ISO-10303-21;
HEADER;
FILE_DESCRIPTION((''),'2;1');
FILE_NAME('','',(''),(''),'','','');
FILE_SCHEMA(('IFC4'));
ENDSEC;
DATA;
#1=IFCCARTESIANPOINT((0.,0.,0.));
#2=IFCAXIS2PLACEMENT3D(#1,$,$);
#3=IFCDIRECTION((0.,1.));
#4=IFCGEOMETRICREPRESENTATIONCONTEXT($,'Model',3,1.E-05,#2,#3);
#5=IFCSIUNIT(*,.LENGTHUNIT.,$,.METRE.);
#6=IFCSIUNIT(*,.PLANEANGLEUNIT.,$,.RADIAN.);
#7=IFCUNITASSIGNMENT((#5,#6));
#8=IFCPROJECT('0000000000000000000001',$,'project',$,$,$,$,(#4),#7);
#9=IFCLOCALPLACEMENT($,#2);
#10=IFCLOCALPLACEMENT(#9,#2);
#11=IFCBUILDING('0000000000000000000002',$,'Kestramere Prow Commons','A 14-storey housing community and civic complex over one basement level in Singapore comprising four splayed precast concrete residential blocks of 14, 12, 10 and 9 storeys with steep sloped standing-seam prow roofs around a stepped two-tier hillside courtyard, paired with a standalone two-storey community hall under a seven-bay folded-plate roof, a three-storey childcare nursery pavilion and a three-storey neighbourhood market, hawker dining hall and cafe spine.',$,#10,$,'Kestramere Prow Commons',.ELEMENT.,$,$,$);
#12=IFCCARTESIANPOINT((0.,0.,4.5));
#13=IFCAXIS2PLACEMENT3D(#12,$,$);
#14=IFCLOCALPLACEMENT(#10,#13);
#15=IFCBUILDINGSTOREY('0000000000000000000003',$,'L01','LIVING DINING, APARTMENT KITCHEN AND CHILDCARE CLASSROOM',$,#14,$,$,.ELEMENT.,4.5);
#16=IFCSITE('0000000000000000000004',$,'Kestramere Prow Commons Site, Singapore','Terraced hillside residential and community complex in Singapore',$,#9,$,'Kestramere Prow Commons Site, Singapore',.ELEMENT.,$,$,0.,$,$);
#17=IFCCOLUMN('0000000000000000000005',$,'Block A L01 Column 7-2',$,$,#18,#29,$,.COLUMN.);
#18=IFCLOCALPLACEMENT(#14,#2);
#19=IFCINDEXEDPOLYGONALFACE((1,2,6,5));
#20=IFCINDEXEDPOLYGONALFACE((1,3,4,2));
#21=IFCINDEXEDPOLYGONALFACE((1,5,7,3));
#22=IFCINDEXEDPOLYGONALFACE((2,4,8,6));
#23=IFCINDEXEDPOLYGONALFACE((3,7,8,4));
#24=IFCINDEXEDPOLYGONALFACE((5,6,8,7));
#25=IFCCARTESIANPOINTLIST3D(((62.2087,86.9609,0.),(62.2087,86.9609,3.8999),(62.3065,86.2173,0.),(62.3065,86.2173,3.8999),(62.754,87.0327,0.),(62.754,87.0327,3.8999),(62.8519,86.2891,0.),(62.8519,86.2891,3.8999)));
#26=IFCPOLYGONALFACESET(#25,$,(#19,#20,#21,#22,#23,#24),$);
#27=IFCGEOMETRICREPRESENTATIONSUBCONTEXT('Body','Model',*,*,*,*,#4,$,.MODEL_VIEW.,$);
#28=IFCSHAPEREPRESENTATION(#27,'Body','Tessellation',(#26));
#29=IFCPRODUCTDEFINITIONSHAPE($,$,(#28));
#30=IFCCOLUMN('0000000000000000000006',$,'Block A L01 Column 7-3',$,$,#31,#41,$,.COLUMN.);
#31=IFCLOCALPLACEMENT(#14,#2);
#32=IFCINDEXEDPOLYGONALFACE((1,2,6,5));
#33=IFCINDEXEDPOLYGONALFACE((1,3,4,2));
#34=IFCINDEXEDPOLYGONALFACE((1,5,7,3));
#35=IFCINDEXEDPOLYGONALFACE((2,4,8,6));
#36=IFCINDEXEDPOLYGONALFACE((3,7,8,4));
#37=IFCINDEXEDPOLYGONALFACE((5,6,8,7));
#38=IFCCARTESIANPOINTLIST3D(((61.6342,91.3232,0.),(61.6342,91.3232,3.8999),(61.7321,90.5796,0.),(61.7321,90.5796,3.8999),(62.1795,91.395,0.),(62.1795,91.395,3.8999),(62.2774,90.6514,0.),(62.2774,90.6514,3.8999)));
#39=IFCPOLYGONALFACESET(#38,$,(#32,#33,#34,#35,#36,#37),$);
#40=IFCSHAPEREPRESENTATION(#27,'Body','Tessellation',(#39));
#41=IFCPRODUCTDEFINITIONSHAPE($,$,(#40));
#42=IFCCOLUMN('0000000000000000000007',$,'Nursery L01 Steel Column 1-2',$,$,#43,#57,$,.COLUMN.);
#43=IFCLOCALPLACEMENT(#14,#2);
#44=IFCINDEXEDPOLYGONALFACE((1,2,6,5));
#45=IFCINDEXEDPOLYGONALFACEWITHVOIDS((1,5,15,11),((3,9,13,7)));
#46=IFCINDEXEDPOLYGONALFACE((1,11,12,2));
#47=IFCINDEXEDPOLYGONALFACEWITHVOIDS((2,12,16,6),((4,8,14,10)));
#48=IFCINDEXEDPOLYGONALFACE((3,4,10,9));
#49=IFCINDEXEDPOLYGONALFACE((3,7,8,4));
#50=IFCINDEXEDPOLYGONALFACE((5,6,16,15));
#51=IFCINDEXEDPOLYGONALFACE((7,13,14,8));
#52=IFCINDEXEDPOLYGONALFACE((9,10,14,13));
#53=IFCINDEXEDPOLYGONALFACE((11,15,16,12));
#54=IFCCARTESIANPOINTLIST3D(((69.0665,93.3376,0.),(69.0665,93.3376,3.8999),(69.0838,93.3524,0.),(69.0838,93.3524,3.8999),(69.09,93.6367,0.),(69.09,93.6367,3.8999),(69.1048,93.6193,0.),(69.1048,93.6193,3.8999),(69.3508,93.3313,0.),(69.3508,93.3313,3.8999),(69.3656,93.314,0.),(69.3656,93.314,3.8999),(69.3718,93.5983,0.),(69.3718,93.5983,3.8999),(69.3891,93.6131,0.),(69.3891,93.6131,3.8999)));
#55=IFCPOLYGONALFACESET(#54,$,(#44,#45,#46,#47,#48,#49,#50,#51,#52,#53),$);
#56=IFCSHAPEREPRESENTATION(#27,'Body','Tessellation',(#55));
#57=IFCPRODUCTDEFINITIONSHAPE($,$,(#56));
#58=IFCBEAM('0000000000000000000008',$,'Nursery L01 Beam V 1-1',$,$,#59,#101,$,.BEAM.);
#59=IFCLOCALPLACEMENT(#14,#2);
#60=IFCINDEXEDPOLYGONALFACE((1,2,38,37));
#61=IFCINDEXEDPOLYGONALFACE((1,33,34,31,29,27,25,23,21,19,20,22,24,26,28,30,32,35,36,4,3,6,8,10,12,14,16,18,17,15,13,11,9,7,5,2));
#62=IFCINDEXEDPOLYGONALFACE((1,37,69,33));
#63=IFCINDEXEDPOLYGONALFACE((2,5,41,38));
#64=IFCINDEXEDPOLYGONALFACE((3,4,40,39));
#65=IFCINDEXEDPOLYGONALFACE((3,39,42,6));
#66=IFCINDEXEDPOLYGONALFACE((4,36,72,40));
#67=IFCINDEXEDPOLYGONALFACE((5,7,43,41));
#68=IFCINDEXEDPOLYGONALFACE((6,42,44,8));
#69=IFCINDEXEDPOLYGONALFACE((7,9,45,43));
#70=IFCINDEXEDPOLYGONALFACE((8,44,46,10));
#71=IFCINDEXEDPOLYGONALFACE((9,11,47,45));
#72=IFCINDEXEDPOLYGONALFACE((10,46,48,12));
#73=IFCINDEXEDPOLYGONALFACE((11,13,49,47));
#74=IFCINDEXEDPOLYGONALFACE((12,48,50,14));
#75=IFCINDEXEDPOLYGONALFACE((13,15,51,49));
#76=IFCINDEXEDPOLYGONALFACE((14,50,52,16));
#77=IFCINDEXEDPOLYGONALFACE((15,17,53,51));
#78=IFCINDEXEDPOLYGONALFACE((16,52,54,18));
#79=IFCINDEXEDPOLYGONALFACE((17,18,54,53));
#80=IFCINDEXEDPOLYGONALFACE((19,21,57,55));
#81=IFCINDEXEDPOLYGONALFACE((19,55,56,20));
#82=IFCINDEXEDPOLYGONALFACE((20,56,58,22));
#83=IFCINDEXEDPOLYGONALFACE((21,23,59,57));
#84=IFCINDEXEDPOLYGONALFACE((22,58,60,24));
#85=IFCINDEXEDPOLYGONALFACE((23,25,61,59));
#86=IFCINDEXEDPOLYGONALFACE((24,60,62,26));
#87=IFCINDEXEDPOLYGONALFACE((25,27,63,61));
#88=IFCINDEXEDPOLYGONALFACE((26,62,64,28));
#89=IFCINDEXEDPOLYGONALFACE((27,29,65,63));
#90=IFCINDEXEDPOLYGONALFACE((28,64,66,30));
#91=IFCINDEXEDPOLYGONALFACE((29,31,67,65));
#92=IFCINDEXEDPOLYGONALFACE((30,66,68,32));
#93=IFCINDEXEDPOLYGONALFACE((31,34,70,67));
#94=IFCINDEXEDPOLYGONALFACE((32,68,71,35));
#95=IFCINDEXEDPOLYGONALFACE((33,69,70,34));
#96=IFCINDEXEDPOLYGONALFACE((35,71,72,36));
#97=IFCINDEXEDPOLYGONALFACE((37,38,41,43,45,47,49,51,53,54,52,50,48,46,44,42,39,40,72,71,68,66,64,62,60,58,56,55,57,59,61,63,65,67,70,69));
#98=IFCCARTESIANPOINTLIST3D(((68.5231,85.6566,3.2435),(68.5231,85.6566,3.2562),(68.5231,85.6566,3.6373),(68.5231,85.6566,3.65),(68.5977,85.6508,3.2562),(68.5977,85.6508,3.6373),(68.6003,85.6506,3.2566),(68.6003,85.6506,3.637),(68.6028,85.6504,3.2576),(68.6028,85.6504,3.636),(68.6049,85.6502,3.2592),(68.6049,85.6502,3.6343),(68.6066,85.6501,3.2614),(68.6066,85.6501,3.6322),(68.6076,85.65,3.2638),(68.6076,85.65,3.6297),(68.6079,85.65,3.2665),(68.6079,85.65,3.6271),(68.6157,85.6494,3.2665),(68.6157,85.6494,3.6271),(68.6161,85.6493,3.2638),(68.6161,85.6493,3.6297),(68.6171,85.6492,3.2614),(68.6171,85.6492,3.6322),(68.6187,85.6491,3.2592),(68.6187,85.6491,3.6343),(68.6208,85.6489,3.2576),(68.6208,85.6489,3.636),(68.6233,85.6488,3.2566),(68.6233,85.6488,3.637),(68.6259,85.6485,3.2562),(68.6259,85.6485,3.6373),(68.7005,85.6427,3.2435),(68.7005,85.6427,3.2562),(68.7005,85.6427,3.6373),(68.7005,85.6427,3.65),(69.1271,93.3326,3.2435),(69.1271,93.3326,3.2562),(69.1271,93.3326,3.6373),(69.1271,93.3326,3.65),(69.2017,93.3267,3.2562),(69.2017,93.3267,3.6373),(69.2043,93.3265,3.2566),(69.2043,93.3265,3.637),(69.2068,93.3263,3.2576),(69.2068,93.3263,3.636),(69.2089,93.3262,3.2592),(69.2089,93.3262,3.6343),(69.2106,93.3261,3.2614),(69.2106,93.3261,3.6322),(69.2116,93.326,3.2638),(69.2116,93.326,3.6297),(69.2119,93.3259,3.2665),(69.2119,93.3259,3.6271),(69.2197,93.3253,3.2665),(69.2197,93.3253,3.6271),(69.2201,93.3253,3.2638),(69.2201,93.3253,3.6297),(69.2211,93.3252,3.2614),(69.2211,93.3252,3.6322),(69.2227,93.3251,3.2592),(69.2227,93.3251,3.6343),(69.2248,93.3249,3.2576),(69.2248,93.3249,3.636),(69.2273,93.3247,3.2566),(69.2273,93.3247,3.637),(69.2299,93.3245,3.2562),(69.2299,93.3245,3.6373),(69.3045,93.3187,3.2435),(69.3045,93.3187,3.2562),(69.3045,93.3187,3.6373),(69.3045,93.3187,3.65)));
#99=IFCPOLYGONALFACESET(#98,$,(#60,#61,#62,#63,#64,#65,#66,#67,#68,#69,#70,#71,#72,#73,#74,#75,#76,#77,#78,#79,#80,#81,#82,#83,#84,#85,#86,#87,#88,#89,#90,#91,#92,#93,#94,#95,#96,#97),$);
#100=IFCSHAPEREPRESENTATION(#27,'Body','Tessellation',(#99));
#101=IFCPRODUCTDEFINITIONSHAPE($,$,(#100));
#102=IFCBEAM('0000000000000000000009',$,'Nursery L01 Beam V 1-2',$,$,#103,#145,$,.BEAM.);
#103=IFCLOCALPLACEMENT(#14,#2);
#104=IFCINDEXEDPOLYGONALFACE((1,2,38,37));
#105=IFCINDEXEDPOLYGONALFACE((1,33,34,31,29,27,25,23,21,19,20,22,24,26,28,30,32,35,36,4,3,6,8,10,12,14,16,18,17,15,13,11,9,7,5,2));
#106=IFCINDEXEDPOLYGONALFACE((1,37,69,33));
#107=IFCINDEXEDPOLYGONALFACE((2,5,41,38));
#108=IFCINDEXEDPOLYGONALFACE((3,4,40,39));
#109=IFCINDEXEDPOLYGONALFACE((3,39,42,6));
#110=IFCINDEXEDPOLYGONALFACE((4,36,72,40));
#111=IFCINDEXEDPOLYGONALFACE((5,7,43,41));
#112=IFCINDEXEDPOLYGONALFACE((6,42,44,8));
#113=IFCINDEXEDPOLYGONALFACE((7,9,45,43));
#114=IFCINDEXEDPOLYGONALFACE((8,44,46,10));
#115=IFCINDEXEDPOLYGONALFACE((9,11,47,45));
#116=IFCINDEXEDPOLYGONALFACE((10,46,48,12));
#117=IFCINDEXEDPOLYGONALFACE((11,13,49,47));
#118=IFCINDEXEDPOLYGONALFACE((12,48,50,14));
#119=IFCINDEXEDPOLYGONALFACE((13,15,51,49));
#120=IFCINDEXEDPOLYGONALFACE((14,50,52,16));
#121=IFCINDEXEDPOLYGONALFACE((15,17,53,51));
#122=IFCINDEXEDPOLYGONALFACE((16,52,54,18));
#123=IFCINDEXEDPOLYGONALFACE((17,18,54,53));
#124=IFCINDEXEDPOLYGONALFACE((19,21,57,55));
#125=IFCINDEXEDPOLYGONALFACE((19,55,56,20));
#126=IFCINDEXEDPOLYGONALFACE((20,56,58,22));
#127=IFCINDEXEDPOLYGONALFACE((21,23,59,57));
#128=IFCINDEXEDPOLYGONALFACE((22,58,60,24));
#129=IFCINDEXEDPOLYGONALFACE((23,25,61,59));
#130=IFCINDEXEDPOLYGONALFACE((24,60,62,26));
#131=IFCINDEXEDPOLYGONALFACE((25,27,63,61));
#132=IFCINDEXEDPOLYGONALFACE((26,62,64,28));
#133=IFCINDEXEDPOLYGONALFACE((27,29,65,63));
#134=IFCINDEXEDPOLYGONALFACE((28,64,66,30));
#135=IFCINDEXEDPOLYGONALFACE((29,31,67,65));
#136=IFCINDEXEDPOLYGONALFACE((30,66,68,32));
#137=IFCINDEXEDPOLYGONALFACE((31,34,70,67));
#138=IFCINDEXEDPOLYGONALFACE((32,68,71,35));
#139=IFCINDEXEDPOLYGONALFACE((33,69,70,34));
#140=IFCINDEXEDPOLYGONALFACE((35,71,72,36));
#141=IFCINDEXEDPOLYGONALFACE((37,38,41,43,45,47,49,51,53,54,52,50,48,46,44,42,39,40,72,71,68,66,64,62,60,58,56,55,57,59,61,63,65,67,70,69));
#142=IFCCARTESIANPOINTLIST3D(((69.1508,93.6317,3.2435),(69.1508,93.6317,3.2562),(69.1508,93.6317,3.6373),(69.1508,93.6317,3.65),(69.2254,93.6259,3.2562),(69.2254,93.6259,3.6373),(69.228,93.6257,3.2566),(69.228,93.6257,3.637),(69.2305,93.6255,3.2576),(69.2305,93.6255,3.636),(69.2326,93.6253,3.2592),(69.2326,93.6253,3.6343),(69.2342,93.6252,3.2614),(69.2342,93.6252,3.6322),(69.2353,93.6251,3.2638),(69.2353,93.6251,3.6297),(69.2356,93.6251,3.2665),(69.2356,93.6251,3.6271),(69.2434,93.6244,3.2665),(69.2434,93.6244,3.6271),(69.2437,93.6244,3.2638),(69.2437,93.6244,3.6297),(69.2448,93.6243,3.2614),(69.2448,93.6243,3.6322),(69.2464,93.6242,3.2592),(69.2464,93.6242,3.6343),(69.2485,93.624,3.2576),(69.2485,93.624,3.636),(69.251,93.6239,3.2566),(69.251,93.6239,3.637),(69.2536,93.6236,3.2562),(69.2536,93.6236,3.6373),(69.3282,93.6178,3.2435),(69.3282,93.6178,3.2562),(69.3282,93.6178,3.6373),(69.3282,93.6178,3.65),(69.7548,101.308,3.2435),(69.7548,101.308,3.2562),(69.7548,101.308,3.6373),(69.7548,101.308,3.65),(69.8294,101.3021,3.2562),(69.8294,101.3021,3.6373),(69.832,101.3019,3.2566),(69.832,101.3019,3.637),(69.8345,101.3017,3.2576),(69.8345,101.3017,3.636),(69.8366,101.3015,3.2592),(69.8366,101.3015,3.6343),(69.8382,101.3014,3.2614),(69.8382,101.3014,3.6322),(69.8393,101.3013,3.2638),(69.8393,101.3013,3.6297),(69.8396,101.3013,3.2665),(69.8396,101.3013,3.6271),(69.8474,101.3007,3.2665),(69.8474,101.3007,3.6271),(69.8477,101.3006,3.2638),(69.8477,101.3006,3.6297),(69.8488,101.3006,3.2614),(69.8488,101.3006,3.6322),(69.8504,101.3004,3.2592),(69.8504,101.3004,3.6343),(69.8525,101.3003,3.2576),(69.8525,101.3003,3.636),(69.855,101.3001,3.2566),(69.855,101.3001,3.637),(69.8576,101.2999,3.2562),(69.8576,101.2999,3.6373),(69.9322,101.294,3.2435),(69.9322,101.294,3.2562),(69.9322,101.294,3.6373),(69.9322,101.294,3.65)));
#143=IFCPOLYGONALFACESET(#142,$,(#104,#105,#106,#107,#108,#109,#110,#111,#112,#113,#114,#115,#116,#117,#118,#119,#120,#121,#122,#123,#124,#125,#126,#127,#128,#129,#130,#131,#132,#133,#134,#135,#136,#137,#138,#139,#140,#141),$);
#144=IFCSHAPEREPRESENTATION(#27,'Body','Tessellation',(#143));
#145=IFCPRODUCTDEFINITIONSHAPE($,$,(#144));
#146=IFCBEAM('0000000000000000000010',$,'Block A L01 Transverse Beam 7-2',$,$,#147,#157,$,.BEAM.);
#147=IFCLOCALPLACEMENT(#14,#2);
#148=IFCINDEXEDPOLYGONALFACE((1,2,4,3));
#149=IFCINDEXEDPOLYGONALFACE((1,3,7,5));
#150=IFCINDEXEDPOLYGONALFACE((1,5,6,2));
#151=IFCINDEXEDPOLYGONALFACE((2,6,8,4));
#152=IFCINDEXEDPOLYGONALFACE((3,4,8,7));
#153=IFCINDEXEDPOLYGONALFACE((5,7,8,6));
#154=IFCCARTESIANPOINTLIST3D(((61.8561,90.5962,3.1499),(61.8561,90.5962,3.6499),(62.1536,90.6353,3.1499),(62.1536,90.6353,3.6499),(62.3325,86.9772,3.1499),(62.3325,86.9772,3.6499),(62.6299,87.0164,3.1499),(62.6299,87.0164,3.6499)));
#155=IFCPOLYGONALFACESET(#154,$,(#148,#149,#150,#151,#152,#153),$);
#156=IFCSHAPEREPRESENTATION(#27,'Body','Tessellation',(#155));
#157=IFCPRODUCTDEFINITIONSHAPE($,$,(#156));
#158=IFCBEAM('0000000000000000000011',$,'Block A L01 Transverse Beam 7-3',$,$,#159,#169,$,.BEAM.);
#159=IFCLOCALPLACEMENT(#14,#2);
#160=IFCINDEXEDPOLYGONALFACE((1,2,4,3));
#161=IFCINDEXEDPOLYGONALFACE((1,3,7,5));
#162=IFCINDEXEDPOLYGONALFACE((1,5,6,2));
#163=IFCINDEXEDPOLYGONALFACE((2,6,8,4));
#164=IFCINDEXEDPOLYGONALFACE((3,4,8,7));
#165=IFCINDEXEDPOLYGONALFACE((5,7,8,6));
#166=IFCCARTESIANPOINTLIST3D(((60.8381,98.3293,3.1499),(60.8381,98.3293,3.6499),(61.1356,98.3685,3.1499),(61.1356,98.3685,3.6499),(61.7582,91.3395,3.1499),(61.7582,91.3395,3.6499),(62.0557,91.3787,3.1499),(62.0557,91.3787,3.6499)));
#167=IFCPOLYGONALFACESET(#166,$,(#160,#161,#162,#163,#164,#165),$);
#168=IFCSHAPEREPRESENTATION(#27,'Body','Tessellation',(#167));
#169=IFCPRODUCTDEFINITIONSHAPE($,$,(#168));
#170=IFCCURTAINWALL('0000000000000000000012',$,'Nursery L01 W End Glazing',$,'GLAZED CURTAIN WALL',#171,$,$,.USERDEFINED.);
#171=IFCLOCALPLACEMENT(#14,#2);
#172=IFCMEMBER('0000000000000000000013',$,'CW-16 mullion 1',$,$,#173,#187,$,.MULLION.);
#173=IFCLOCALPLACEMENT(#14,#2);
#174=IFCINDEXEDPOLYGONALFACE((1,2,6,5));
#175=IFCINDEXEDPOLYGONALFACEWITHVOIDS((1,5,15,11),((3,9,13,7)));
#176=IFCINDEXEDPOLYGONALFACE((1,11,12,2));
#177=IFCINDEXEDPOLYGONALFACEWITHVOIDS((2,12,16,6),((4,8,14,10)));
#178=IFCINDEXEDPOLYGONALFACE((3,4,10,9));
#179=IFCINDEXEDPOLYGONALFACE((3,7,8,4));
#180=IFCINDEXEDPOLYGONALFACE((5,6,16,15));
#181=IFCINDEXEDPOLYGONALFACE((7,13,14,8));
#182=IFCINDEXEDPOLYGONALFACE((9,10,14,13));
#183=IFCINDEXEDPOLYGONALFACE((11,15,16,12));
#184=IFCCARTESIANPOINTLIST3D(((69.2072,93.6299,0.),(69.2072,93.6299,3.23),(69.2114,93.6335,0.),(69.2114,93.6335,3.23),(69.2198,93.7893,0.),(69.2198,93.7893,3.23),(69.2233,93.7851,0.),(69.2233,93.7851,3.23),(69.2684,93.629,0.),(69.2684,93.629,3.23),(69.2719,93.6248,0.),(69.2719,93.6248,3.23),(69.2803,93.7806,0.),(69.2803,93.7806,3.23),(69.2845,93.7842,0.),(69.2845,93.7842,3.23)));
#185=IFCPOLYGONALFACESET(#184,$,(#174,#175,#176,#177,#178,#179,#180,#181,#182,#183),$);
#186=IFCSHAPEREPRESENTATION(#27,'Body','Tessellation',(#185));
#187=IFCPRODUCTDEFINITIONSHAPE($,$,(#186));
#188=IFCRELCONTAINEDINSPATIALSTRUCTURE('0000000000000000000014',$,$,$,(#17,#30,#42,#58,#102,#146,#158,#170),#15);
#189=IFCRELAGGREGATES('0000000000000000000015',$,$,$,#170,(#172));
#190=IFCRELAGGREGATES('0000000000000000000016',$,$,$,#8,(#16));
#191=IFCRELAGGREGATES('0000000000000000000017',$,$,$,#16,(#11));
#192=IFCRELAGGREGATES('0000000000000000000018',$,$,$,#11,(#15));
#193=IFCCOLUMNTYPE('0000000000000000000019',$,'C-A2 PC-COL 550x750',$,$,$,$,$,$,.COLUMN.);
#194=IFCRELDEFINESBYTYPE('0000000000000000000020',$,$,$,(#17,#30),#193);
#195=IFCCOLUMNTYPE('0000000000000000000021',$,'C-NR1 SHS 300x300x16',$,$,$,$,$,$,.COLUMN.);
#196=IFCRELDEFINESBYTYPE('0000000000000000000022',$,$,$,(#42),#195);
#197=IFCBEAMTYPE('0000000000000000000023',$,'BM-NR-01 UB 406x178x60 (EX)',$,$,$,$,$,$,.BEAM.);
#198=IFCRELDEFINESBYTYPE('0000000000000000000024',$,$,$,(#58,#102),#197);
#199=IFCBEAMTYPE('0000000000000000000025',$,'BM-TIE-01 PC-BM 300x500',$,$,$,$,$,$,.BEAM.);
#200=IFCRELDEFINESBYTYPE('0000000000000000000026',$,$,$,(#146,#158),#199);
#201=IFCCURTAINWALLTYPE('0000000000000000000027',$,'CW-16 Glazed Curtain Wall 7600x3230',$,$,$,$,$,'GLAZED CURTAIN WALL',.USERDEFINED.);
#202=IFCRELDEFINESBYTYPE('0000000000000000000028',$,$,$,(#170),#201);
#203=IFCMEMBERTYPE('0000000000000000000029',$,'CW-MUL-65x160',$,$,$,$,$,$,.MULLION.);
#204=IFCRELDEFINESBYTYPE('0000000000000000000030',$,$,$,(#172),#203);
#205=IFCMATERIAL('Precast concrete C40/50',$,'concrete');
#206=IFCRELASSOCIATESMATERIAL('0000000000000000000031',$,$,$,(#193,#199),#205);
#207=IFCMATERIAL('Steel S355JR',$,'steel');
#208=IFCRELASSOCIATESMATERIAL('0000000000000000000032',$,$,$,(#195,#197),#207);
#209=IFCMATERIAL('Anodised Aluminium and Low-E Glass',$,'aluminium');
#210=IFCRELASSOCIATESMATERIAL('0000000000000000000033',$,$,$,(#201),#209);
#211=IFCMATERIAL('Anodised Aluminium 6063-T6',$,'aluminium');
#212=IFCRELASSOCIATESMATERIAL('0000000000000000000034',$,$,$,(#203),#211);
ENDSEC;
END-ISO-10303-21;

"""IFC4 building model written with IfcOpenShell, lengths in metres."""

from ifc_helpers import new_model, si_unit, direction, frame, origin, origin_2d, place, context, subcontext, project, spatial, rectangle, hollow_rectangle, i_section, extrude, material, material_profile, profile_set, type_object, element, aggregate, save


model = new_model("IFC4")

# Units and contexts
model_context = context("Model", 3, precision=1e-05, world=origin(), true_north=direction((0.0, 1.0)))
body_context = subcontext(model_context, "Body", "Model", "MODEL_VIEW")
ifc_project = project(units=[si_unit("LENGTHUNIT", "METRE"), si_unit("PLANEANGLEUNIT", "RADIAN")], contexts=[model_context])

# Site, building, storey
site_placement = place(None, origin())
site = spatial("IfcSite", under=ifc_project, at=site_placement, Name="Kestramere Prow Commons Site, Singapore", Description="Terraced hillside residential and community complex in Singapore", LongName="Kestramere Prow Commons Site, Singapore", CompositionType="ELEMENT", RefElevation=0.0)
building_placement = place(site_placement, origin())
building = spatial("IfcBuilding", under=site, at=building_placement, Name="Kestramere Prow Commons", Description="A 14-storey housing community and civic complex over one basement level in Singapore comprising four splayed precast concrete residential blocks of 14, 12, 10 and 9 storeys with steep sloped standing-seam prow roofs around a stepped two-tier hillside courtyard, paired with a standalone two-storey community hall under a seven-bay folded-plate roof, a three-storey childcare nursery pavilion and a three-storey neighbourhood market, hawker dining hall and cafe spine.", LongName="Kestramere Prow Commons", CompositionType="ELEMENT")
storey_placement = place(building_placement, frame((0.0, 0.0, 4.5)))
storey = spatial("IfcBuildingStorey", under=building, at=storey_placement, Name="L01", Description="LIVING DINING, APARTMENT KITCHEN AND CHILDCARE CLASSROOM", CompositionType="ELEMENT", Elevation=4.5)

# Columns
ifc_material_1 = material(Name="Precast concrete C40/50", Category="concrete")
ifc_material_profile_1 = material_profile(ifc_material_1, rectangle(XDim=0.55, YDim=0.75, at=origin_2d()), Name="PC-COL 550x750")
ifc_profile_set_1 = profile_set([ifc_material_profile_1], Name="Precast concrete C40/50")
column_type_1 = type_object("IfcColumnType", Name="C-A2 PC-COL 550x750", PredefinedType="COLUMN", material=ifc_profile_set_1)
for number, where, z_axis, x_axis, name in (
    (1, (62.5303, 86.625, 0.0), (0.0, 0.0, 1.0), (0.991445, 0.130526, 0.0), "Block A L01 Column 7-2"),
    (2, (61.9558, 90.9873, 0.0), (0.0, 0.0, 1.0), (0.991445, 0.130526, 0.0), "Block A L01 Column 7-3"),
):
    element("IfcColumn", number, at=place(storey_placement, frame(where, z_axis=z_axis, x_axis=x_axis)), inside=storey, type_object=column_type_1, Name=name, PredefinedType="COLUMN", context=body_context, shape_type="SweptSolid", body=[
        extrude(rectangle(XDim=0.55, YDim=0.75, at=origin_2d()), origin(), (0.0, 0.0, 1.0), 3.8999),
    ])
ifc_material_2 = material(Name="Steel S355JR", Category="steel")
ifc_material_profile_2 = material_profile(ifc_material_2, hollow_rectangle(XDim=0.3, YDim=0.3, WallThickness=0.0161, at=origin_2d()), Name="SHS 300x300x16")
ifc_profile_set_2 = profile_set([ifc_material_profile_2], Name="Steel S355JR")
column_type_2 = type_object("IfcColumnType", Name="C-NR1 SHS 300x300x16", PredefinedType="COLUMN", material=ifc_profile_set_2)
column_placement = place(storey_placement, frame((69.2278, 93.4753, 0.0), z_axis=(0.0, 0.0, 1.0), x_axis=(0.996917, -0.078459, 0.0)))
element("IfcColumn", 3, at=column_placement, inside=storey, type_object=column_type_2, Name="Nursery L01 Steel Column 1-2", PredefinedType="COLUMN", context=body_context, shape_type="SweptSolid", body=[
    extrude(hollow_rectangle(XDim=0.3, YDim=0.3, WallThickness=0.0161, at=origin_2d()), origin(), (0.0, 0.0, 1.0), 3.8999),
])

# Beams
ifc_material_profile_3 = material_profile(ifc_material_2, i_section(OverallWidth=0.178, OverallDepth=0.4065, WebThickness=0.0078, FlangeThickness=0.0127, FilletRadius=0.0103, at=origin_2d()), Name="UB 406x178x60")
ifc_profile_set_3 = profile_set([ifc_material_profile_3], Name="Steel S355JR")
beam_type_1 = type_object("IfcBeamType", Name="BM-NR-01 UB 406x178x60 (EX)", PredefinedType="BEAM", material=ifc_profile_set_3)
beam_1_placement = place(storey_placement, frame((68.6118, 85.6497, 3.4468), z_axis=(0.078445, 0.996918, 0.0), x_axis=(-0.996918, 0.078445, 0.0)))
element("IfcBeam", 4, at=beam_1_placement, inside=storey, type_object=beam_type_1, Name="Nursery L01 Beam V 1-1", PredefinedType="BEAM", context=body_context, shape_type="SweptSolid", body=[
    extrude(i_section(OverallWidth=0.178, OverallDepth=0.4065, WebThickness=0.0078, FlangeThickness=0.0127, FilletRadius=0.0103, at=origin_2d()), origin(), (0.0, 0.0, 1.0), 7.6997),
])
beam_2_placement = place(storey_placement, frame((69.2395, 93.6248, 3.4468), z_axis=(0.078442, 0.996919, 0.0), x_axis=(-0.996919, 0.078442, 0.0)))
element("IfcBeam", 5, at=beam_2_placement, inside=storey, type_object=beam_type_1, Name="Nursery L01 Beam V 1-2", PredefinedType="BEAM", context=body_context, shape_type="SweptSolid", body=[
    extrude(i_section(OverallWidth=0.178, OverallDepth=0.4065, WebThickness=0.0078, FlangeThickness=0.0127, FilletRadius=0.0103, at=origin_2d()), origin(), (0.0, 0.0, 1.0), 7.7),
])
ifc_material_profile_4 = material_profile(ifc_material_1, rectangle(XDim=0.3, YDim=0.5, at=origin_2d()), Name="PC-BM 300x500")
ifc_profile_set_4 = profile_set([ifc_material_profile_4], Name="Precast concrete C40/50")
beam_type_2 = type_object("IfcBeamType", Name="BM-TIE-01 PC-BM 300x500", PredefinedType="BEAM", material=ifc_profile_set_4)
beam_3_placement = place(storey_placement, frame((62.4812, 86.9968, 3.3999), z_axis=(-0.130494, 0.991449, 0.0), x_axis=(-0.991449, -0.130494, 0.0)))
element("IfcBeam", 6, at=beam_3_placement, inside=storey, type_object=beam_type_2, Name="Block A L01 Transverse Beam 7-2", PredefinedType="BEAM", context=body_context, shape_type="SweptSolid", body=[
    extrude(rectangle(XDim=0.3, YDim=0.5, at=origin_2d()), origin(), (0.0, 0.0, 1.0), 3.6501),
])
beam_4_placement = place(storey_placement, frame((61.907, 91.3591, 3.3999), z_axis=(-0.130519, 0.991446, 0.0), x_axis=(-0.991446, -0.130519, 0.0)))
element("IfcBeam", 7, at=beam_4_placement, inside=storey, type_object=beam_type_2, Name="Block A L01 Transverse Beam 7-3", PredefinedType="BEAM", context=body_context, shape_type="SweptSolid", body=[
    extrude(rectangle(XDim=0.3, YDim=0.5, at=origin_2d()), origin(), (0.0, 0.0, 1.0), 7.05),
])

# Curtain wall, member
ifc_material_3 = material(Name="Anodised Aluminium and Low-E Glass", Category="aluminium")
curtain_wall_type = type_object("IfcCurtainWallType", Name="CW-16 Glazed Curtain Wall 7600x3230", ElementType="GLAZED CURTAIN WALL", PredefinedType="USERDEFINED", material=ifc_material_3)
curtain_wall_placement = place(storey_placement, origin())
curtain_wall = element("IfcCurtainWall", 8, at=curtain_wall_placement, inside=storey, type_object=curtain_wall_type, Name="Nursery L01 W End Glazing", ObjectType="GLAZED CURTAIN WALL", PredefinedType="USERDEFINED")
ifc_material_4 = material(Name="Anodised Aluminium 6063-T6", Category="aluminium")
ifc_material_profile_5 = material_profile(ifc_material_4, hollow_rectangle(XDim=0.0649, YDim=0.1599, WallThickness=0.0039, at=origin_2d()), Name="ALU-MUL 65x160")
ifc_profile_set_5 = profile_set([ifc_material_profile_5], Name="Anodised Aluminium 6063-T6")
member_type_1 = type_object("IfcMemberType", Name="CW-MUL-65x160", PredefinedType="MULLION", material=ifc_profile_set_5)
member_1_placement = place(storey_placement, frame((69.2458, 93.707, 0.0), z_axis=(0.0, 0.0, 1.0), x_axis=(-0.996917, 0.078459, 0.0)))
member_1 = element("IfcMember", 9, at=member_1_placement, type_object=member_type_1, Name="CW-16 mullion 1", PredefinedType="MULLION", context=body_context, shape_type="SweptSolid", body=[
    extrude(hollow_rectangle(XDim=0.0649, YDim=0.1599, WallThickness=0.0039, at=origin_2d()), origin(), (0.0, 0.0, 1.0), 3.23),
])
aggregate(curtain_wall, [member_1])

save(model, "model.ifc")
